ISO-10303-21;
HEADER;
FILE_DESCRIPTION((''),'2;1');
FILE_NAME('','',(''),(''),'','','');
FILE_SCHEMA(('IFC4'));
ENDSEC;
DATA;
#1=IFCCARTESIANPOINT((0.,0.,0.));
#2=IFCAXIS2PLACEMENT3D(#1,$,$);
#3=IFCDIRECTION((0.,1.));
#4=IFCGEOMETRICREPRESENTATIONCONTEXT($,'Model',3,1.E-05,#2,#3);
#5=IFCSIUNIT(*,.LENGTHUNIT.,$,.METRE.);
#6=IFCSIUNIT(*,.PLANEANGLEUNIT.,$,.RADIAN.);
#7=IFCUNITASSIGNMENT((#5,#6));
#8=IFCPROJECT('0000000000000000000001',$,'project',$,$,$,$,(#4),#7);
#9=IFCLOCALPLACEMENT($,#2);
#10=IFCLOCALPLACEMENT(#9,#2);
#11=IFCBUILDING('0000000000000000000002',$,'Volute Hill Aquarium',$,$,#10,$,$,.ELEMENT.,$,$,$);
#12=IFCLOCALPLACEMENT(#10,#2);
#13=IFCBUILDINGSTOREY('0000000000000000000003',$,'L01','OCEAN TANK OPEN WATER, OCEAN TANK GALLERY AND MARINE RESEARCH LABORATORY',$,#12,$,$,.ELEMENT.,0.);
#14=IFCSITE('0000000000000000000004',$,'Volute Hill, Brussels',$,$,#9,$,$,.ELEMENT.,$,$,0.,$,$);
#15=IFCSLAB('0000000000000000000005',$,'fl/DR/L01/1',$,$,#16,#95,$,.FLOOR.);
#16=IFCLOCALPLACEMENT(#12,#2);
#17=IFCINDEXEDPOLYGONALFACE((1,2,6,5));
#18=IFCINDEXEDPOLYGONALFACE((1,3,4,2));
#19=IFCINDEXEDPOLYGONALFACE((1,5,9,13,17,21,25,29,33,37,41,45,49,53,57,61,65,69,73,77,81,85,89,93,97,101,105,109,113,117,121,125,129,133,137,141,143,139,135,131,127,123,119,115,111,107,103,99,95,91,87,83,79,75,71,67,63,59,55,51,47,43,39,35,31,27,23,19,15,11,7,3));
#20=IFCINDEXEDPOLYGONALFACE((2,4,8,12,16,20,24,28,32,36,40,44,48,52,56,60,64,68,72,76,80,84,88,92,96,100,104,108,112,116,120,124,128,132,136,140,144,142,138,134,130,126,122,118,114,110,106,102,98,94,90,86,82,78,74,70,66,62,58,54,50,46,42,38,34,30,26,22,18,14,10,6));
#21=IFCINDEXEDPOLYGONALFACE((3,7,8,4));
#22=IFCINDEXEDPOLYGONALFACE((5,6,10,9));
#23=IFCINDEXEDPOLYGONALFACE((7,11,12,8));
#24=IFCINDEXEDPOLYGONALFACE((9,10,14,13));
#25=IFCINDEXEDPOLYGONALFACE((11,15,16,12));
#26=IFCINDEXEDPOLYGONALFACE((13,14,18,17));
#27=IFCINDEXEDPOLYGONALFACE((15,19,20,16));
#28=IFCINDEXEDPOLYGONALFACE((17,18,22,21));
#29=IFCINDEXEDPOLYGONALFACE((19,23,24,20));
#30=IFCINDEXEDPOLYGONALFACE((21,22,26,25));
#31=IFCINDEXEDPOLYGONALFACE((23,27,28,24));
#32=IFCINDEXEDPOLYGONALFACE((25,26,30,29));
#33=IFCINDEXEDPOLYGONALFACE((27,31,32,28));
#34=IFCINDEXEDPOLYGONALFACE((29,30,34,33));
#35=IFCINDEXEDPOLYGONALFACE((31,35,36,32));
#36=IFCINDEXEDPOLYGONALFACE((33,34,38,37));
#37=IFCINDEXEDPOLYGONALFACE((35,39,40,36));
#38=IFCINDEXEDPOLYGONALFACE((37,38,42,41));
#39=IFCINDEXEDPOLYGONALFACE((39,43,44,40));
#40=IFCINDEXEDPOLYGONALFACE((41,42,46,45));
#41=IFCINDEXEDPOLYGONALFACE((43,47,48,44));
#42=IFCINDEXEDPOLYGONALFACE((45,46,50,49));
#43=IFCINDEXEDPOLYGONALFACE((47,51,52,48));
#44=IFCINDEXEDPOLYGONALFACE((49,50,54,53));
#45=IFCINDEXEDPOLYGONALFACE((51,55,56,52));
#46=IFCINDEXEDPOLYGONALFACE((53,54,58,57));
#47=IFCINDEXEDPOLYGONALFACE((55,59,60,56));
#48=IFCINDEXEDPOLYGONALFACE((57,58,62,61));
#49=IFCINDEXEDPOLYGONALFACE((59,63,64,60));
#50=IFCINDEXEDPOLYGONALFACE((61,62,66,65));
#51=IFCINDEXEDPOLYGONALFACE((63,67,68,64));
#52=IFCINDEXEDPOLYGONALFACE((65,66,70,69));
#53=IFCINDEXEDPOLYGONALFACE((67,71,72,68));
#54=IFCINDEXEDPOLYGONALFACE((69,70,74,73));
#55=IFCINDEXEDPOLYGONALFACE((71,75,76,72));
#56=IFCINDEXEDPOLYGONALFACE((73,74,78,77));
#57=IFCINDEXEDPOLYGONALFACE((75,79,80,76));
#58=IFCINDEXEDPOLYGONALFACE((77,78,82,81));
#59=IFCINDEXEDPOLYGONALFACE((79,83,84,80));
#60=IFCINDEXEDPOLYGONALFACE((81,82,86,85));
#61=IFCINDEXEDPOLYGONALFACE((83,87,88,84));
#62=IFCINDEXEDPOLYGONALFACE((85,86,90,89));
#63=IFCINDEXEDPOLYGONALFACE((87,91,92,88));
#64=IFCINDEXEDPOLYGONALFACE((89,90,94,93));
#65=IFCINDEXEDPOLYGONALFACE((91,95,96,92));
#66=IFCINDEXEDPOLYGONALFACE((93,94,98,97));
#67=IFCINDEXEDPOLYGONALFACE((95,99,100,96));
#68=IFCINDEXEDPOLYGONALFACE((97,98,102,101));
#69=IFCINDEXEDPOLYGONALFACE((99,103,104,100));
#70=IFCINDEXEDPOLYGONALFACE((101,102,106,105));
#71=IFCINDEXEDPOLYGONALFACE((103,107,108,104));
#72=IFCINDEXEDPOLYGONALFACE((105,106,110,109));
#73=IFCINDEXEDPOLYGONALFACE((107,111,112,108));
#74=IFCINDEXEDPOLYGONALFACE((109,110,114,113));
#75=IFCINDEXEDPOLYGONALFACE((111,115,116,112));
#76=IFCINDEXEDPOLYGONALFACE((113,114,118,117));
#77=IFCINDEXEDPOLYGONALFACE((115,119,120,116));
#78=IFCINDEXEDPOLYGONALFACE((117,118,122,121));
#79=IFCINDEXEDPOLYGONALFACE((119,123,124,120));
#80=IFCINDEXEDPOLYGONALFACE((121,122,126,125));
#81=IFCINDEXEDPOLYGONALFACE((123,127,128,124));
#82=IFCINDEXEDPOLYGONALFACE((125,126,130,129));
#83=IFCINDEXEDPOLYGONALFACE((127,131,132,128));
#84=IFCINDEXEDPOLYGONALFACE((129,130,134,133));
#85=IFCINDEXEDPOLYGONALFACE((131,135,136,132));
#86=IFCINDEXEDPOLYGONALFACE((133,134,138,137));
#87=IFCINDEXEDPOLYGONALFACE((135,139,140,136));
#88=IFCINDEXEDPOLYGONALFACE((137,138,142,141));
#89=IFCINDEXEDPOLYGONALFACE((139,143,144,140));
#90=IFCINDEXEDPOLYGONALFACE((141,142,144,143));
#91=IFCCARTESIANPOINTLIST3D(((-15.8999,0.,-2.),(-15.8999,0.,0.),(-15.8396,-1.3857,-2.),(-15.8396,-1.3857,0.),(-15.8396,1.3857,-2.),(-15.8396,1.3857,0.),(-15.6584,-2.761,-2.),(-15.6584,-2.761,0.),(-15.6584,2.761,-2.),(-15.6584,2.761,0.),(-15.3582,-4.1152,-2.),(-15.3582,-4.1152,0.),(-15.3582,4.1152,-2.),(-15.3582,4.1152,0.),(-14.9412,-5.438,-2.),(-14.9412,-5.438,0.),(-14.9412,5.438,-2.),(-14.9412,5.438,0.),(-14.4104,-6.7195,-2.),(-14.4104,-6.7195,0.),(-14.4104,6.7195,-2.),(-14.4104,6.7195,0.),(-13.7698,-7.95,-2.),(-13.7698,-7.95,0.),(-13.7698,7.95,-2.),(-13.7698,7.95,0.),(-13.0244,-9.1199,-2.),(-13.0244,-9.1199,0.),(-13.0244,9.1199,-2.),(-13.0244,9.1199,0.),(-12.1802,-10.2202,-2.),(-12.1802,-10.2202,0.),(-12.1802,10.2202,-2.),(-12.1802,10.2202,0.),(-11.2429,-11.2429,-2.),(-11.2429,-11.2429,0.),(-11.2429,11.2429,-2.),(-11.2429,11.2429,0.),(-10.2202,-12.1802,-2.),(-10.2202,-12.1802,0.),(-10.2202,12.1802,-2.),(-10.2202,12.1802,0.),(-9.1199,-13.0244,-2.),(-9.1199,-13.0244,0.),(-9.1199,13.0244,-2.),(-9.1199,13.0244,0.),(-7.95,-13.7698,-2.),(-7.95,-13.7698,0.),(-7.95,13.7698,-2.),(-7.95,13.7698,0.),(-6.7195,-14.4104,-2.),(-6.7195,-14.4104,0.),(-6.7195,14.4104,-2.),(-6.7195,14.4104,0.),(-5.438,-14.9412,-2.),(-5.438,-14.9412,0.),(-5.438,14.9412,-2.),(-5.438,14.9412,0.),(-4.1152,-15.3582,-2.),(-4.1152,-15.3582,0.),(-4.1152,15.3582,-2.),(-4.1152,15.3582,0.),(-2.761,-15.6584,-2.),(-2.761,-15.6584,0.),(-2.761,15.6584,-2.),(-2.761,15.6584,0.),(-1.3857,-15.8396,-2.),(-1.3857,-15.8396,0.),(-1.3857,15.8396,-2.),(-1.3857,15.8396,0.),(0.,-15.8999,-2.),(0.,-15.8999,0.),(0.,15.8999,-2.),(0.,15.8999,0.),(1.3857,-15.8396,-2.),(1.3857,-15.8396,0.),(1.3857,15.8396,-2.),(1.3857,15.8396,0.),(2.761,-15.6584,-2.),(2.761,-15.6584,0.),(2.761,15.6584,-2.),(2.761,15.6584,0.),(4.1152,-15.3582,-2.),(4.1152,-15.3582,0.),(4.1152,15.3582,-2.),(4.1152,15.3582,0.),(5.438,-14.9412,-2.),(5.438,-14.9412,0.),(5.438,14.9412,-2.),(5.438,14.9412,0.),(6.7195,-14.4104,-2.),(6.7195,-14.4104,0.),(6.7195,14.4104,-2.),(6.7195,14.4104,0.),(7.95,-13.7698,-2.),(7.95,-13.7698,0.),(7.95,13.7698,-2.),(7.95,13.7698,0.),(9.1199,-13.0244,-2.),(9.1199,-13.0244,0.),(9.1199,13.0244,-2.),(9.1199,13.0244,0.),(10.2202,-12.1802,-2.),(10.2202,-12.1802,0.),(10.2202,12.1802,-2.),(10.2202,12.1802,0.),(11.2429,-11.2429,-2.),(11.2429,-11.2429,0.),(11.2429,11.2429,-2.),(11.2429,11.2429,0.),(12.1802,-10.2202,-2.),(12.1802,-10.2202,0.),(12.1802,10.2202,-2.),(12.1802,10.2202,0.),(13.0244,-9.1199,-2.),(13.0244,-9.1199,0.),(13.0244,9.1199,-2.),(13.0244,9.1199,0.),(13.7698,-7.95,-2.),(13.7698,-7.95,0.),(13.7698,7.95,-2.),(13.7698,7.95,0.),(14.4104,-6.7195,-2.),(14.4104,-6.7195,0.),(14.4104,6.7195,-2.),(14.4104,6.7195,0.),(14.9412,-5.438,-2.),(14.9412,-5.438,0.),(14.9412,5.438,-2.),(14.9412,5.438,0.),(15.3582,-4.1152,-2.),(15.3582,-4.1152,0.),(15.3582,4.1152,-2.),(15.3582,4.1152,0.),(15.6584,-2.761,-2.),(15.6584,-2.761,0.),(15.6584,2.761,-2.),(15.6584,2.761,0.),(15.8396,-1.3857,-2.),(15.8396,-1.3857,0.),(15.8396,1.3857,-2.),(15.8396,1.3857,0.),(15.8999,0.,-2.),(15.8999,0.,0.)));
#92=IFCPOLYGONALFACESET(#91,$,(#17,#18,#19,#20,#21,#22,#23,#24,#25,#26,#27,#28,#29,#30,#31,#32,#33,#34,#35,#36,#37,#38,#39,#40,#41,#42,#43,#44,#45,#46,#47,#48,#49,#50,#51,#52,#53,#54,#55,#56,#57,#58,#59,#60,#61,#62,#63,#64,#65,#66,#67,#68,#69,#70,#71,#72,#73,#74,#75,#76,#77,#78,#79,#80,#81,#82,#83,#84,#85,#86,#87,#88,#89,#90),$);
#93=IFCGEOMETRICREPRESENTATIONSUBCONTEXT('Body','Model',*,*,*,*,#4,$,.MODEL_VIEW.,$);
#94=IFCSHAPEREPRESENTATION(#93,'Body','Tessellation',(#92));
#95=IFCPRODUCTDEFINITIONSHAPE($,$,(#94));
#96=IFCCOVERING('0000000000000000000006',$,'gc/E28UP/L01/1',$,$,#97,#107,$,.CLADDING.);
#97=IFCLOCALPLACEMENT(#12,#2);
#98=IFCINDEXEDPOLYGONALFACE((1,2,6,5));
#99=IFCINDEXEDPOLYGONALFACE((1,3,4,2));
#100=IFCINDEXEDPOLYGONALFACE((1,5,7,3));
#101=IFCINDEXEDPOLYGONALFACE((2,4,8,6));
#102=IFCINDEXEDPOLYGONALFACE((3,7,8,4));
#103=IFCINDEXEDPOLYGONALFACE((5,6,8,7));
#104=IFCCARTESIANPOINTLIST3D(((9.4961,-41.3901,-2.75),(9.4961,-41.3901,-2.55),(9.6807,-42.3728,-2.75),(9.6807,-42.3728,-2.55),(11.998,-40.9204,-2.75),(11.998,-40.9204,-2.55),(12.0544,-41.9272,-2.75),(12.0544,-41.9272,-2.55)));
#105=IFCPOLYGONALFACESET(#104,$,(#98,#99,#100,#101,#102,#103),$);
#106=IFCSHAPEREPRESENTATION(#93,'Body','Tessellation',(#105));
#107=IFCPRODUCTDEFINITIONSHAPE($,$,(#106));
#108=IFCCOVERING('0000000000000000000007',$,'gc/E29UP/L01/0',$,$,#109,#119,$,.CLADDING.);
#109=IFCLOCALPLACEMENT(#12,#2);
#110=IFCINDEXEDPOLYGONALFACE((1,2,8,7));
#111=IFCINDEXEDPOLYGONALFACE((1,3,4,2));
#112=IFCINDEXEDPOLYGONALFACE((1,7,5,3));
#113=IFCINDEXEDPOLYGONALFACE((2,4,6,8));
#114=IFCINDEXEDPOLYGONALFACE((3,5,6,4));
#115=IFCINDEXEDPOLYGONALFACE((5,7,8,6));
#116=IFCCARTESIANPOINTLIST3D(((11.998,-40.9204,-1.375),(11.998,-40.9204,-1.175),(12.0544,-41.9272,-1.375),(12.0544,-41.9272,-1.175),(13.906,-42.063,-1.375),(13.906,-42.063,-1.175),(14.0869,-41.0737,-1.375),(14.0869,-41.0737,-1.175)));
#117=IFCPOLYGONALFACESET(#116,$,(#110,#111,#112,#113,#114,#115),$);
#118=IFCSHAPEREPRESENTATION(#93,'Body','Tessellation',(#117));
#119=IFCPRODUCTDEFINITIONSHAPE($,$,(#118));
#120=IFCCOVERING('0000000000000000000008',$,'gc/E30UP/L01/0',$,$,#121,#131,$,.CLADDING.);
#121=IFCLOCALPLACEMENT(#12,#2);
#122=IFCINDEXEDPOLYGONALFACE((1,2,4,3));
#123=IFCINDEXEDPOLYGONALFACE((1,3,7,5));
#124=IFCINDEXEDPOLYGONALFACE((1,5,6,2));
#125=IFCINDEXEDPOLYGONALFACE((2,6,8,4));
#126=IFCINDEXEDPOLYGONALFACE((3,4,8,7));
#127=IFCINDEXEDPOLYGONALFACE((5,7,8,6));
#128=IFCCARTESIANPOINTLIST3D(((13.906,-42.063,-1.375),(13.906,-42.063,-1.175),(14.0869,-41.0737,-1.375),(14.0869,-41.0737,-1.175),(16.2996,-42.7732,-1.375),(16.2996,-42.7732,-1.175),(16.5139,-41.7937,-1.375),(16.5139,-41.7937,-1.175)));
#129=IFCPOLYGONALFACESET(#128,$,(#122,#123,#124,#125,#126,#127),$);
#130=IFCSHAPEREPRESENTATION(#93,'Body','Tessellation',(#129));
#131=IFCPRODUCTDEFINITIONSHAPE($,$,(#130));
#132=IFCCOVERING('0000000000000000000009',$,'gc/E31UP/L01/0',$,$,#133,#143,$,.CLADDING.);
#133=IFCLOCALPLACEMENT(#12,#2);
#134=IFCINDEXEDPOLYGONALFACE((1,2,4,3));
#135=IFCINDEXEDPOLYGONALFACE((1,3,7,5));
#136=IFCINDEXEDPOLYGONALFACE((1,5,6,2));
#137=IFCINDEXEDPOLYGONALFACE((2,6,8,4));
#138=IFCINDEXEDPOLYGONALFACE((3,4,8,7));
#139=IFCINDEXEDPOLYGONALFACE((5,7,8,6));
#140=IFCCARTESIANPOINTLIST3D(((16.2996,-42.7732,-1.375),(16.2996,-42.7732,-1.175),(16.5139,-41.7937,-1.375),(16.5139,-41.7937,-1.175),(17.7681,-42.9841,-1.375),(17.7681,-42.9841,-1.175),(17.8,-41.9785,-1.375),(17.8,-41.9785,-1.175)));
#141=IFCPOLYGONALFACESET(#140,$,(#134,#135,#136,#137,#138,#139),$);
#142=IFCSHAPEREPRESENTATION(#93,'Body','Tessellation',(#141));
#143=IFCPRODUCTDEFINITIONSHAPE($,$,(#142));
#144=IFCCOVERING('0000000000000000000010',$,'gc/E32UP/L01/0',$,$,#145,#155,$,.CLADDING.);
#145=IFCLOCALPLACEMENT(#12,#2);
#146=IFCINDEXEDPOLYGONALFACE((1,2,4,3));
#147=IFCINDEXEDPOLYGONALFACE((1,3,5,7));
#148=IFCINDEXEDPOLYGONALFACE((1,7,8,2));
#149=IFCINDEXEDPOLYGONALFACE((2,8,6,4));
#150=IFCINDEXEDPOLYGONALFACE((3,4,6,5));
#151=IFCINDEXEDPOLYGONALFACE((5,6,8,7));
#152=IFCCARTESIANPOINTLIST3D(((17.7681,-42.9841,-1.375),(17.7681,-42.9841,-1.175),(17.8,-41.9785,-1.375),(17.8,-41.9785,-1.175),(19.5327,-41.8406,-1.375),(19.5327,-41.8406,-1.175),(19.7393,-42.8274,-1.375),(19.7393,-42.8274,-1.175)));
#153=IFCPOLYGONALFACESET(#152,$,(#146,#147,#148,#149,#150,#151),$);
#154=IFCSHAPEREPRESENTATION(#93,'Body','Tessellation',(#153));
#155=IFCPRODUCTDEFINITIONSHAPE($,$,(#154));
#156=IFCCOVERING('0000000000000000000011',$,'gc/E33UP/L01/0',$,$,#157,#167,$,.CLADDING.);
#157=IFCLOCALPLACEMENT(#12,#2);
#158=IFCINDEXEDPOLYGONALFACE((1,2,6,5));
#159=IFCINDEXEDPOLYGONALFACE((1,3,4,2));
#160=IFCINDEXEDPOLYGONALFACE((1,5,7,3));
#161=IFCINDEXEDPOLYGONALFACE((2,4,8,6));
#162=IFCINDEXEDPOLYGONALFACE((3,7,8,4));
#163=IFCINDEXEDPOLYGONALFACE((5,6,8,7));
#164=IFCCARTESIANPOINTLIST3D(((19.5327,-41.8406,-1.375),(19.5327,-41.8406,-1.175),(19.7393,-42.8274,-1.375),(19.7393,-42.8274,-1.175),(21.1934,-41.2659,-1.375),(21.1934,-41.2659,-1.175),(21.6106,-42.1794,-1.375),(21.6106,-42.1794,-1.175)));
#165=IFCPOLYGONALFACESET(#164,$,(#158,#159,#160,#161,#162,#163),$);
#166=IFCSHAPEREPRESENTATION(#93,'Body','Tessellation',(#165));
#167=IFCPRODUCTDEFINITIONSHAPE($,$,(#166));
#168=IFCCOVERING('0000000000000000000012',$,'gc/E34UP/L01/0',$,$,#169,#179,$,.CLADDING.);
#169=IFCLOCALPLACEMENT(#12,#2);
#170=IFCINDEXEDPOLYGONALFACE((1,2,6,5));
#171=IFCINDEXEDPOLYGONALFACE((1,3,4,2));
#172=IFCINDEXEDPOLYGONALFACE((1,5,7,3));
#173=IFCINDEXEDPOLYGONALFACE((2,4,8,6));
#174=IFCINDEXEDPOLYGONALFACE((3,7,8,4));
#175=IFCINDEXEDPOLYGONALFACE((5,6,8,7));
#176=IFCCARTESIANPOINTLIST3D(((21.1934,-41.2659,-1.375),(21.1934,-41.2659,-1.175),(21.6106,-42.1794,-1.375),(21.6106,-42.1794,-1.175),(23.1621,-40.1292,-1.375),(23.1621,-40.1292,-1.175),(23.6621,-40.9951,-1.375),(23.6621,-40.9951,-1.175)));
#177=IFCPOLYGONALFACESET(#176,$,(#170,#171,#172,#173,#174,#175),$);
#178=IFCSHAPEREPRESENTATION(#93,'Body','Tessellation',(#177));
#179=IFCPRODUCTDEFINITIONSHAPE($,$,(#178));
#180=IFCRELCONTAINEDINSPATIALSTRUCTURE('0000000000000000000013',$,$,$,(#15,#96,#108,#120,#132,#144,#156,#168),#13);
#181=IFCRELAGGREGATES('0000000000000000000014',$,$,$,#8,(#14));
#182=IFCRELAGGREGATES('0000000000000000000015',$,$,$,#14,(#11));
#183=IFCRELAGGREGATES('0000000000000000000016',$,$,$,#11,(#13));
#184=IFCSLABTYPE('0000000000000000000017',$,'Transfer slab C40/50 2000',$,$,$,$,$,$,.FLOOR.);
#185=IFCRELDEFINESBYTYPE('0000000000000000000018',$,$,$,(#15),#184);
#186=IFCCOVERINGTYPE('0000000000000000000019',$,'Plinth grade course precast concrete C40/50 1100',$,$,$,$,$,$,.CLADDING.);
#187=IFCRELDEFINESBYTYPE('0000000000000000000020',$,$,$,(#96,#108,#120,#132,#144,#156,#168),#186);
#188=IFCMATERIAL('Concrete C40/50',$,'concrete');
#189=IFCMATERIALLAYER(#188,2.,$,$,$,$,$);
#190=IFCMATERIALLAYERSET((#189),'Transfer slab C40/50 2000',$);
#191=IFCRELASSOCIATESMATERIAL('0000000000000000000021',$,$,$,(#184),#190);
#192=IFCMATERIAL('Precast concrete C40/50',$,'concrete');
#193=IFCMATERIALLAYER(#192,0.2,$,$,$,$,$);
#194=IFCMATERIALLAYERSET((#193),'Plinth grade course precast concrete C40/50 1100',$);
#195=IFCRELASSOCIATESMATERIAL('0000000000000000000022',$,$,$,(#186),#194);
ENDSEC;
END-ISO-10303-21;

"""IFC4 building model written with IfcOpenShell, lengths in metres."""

from ifc_helpers import new_model, si_unit, direction, frame, origin, place, context, subcontext, project, spatial, polyline, outline, extrude, material, layer, layer_set, type_object, element, save


model = new_model("IFC4")

# Units and contexts
model_context = context("Model", 3, precision=1e-05, world=origin(), true_north=direction((0.0, 1.0)))
body_context = subcontext(model_context, "Body", "Model", "MODEL_VIEW")
ifc_project = project(units=[si_unit("LENGTHUNIT", "METRE"), si_unit("PLANEANGLEUNIT", "RADIAN")], contexts=[model_context])

# Site, building, storey
site_placement = place(None, origin())
site = spatial("IfcSite", under=ifc_project, at=site_placement, Name="Volute Hill, Brussels", CompositionType="ELEMENT", RefElevation=0.0)
building_placement = place(site_placement, origin())
building = spatial("IfcBuilding", under=site, at=building_placement, Name="Volute Hill Aquarium", CompositionType="ELEMENT")
storey_placement = place(building_placement, origin())
storey = spatial("IfcBuildingStorey", under=building, at=storey_placement, Name="L01", Description="OCEAN TANK OPEN WATER, OCEAN TANK GALLERY AND MARINE RESEARCH LABORATORY", CompositionType="ELEMENT", Elevation=0.0)

# Slab
ifc_material_1 = material(Name="Concrete C40/50", Category="concrete")
ifc_layer_1 = layer(ifc_material_1, 2.0)
ifc_layer_set_1 = layer_set([ifc_layer_1], Name="Transfer slab C40/50 2000")
slab_type = type_object("IfcSlabType", Name="Transfer slab C40/50 2000", PredefinedType="FLOOR", material=ifc_layer_set_1)
slab_placement = place(storey_placement, frame((0.0, 0.0, -2.0)))
element("IfcSlab", 1, at=slab_placement, inside=storey, type_object=slab_type, Name="fl/DR/L01/1", PredefinedType="FLOOR", context=body_context, shape_type="SweptSolid", body=[
    extrude(outline(polyline([(15.8999, 0.0), (15.8396, 1.3857), (15.6584, 2.761), (15.3582, 4.1152), (14.9412, 5.438), (14.4104, 6.7195), (13.7698, 7.95), (13.0244, 9.1199), (12.1802, 10.2202), (11.2429, 11.2429), (10.2202, 12.1802), (9.1199, 13.0244), (7.95, 13.7698), (6.7195, 14.4104), (5.438, 14.9412), (4.1152, 15.3582), (2.761, 15.6584), (1.3857, 15.8396), (0.0, 15.8999), (-1.3857, 15.8396), (-2.761, 15.6584), (-4.1152, 15.3582), (-5.438, 14.9412), (-6.7195, 14.4104), (-7.95, 13.7698), (-9.1199, 13.0244), (-10.2202, 12.1802), (-11.2429, 11.2429), (-12.1802, 10.2202), (-13.0244, 9.1199), (-13.7698, 7.95), (-14.4104, 6.7195), (-14.9412, 5.438), (-15.3582, 4.1152), (-15.6584, 2.761), (-15.8396, 1.3857), (-15.8999, 0.0), (-15.8396, -1.3857), (-15.6584, -2.761), (-15.3582, -4.1152), (-14.9412, -5.438), (-14.4104, -6.7195), (-13.7698, -7.95), (-13.0244, -9.1199), (-12.1802, -10.2202), (-11.2429, -11.2429), (-10.2202, -12.1802), (-9.1199, -13.0244), (-7.95, -13.7698), (-6.7195, -14.4104), (-5.438, -14.9412), (-4.1152, -15.3582), (-2.761, -15.6584), (-1.3857, -15.8396), (0.0, -15.8999), (1.3857, -15.8396), (2.761, -15.6584), (4.1152, -15.3582), (5.438, -14.9412), (6.7195, -14.4104), (7.95, -13.7698), (9.1199, -13.0244), (10.2202, -12.1802), (11.2429, -11.2429), (12.1802, -10.2202), (13.0244, -9.1199), (13.7698, -7.95), (14.4104, -6.7195), (14.9412, -5.438), (15.3582, -4.1152), (15.6584, -2.761), (15.8396, -1.3857), (15.8999, 0.0)])), origin(), (0.0, 0.0, 1.0), 2.0),
])

# Coverings
ifc_material_2 = material(Name="Precast concrete C40/50", Category="concrete")
ifc_layer_2 = layer(ifc_material_2, 0.2)
ifc_layer_set_2 = layer_set([ifc_layer_2], Name="Plinth grade course precast concrete C40/50 1100")
covering_type_1 = type_object("IfcCoveringType", Name="Plinth grade course precast concrete C40/50 1100", PredefinedType="CLADDING", material=ifc_layer_set_2)
covering_1_placement = place(storey_placement, frame((0.0, 0.0, -2.75)))
element("IfcCovering", 2, at=covering_1_placement, inside=storey, type_object=covering_type_1, Name="gc/E28UP/L01/1", PredefinedType="CLADDING", context=body_context, shape_type="SweptSolid", body=[
    extrude(outline(polyline([(12.0544, -41.9272), (12.0544, -41.9272), (11.998, -40.9204), (9.4961, -41.3901), (9.6807, -42.3728), (12.0544, -41.9272)])), origin(), (0.0, 0.0, 1.0), 0.2),
])
covering_2_placement = place(storey_placement, frame((0.0, 0.0, -1.375)))
element("IfcCovering", 3, at=covering_2_placement, inside=storey, type_object=covering_type_1, Name="gc/E29UP/L01/0", PredefinedType="CLADDING", context=body_context, shape_type="SweptSolid", body=[
    extrude(outline(polyline([(12.0544, -41.9272), (13.906, -42.063), (14.0869, -41.0737), (14.0869, -41.0737), (11.998, -40.9204), (11.998, -40.9204), (12.0544, -41.9272)])), origin(), (0.0, 0.0, 1.0), 0.2),
])
covering_3_placement = place(storey_placement, frame((0.0, 0.0, -1.375)))
element("IfcCovering", 4, at=covering_3_placement, inside=storey, type_object=covering_type_1, Name="gc/E30UP/L01/0", PredefinedType="CLADDING", context=body_context, shape_type="SweptSolid", body=[
    extrude(outline(polyline([(16.2996, -42.7732), (16.2996, -42.7732), (16.5139, -41.7937), (14.0869, -41.0737), (13.906, -42.063), (13.906, -42.063), (16.2996, -42.7732)])), origin(), (0.0, 0.0, 1.0), 0.2),
])
covering_4_placement = place(storey_placement, frame((0.0, 0.0, -1.375)))
element("IfcCovering", 5, at=covering_4_placement, inside=storey, type_object=covering_type_1, Name="gc/E31UP/L01/0", PredefinedType="CLADDING", context=body_context, shape_type="SweptSolid", body=[
    extrude(outline(polyline([(16.2996, -42.7732), (17.7681, -42.9841), (17.8, -41.9785), (16.5139, -41.7937), (16.5139, -41.7937), (16.2996, -42.7732)])), origin(), (0.0, 0.0, 1.0), 0.2),
])
covering_5_placement = place(storey_placement, frame((0.0, 0.0, -1.375)))
element("IfcCovering", 6, at=covering_5_placement, inside=storey, type_object=covering_type_1, Name="gc/E32UP/L01/0", PredefinedType="CLADDING", context=body_context, shape_type="SweptSolid", body=[
    extrude(outline(polyline([(19.7393, -42.8274), (19.7393, -42.8274), (19.5327, -41.8406), (19.5327, -41.8406), (17.8, -41.9785), (17.7681, -42.9841), (17.7681, -42.9841), (19.7393, -42.8274)])), origin(), (0.0, 0.0, 1.0), 0.2),
])
covering_6_placement = place(storey_placement, frame((0.0, 0.0, -1.375)))
element("IfcCovering", 7, at=covering_6_placement, inside=storey, type_object=covering_type_1, Name="gc/E33UP/L01/0", PredefinedType="CLADDING", context=body_context, shape_type="SweptSolid", body=[
    extrude(outline(polyline([(19.7393, -42.8274), (21.6106, -42.1794), (21.1934, -41.2659), (19.5327, -41.8406), (19.7393, -42.8274)])), origin(), (0.0, 0.0, 1.0), 0.2),
])
covering_7_placement = place(storey_placement, frame((0.0, 0.0, -1.375)))
element("IfcCovering", 8, at=covering_7_placement, inside=storey, type_object=covering_type_1, Name="gc/E34UP/L01/0", PredefinedType="CLADDING", context=body_context, shape_type="SweptSolid", body=[
    extrude(outline(polyline([(21.6106, -42.1794), (23.6621, -40.9951), (23.1621, -40.1292), (21.1934, -41.2659), (21.1934, -41.2659), (21.6106, -42.1794), (21.6106, -42.1794)])), origin(), (0.0, 0.0, 1.0), 0.2),
])

save(model, "model.ifc")
